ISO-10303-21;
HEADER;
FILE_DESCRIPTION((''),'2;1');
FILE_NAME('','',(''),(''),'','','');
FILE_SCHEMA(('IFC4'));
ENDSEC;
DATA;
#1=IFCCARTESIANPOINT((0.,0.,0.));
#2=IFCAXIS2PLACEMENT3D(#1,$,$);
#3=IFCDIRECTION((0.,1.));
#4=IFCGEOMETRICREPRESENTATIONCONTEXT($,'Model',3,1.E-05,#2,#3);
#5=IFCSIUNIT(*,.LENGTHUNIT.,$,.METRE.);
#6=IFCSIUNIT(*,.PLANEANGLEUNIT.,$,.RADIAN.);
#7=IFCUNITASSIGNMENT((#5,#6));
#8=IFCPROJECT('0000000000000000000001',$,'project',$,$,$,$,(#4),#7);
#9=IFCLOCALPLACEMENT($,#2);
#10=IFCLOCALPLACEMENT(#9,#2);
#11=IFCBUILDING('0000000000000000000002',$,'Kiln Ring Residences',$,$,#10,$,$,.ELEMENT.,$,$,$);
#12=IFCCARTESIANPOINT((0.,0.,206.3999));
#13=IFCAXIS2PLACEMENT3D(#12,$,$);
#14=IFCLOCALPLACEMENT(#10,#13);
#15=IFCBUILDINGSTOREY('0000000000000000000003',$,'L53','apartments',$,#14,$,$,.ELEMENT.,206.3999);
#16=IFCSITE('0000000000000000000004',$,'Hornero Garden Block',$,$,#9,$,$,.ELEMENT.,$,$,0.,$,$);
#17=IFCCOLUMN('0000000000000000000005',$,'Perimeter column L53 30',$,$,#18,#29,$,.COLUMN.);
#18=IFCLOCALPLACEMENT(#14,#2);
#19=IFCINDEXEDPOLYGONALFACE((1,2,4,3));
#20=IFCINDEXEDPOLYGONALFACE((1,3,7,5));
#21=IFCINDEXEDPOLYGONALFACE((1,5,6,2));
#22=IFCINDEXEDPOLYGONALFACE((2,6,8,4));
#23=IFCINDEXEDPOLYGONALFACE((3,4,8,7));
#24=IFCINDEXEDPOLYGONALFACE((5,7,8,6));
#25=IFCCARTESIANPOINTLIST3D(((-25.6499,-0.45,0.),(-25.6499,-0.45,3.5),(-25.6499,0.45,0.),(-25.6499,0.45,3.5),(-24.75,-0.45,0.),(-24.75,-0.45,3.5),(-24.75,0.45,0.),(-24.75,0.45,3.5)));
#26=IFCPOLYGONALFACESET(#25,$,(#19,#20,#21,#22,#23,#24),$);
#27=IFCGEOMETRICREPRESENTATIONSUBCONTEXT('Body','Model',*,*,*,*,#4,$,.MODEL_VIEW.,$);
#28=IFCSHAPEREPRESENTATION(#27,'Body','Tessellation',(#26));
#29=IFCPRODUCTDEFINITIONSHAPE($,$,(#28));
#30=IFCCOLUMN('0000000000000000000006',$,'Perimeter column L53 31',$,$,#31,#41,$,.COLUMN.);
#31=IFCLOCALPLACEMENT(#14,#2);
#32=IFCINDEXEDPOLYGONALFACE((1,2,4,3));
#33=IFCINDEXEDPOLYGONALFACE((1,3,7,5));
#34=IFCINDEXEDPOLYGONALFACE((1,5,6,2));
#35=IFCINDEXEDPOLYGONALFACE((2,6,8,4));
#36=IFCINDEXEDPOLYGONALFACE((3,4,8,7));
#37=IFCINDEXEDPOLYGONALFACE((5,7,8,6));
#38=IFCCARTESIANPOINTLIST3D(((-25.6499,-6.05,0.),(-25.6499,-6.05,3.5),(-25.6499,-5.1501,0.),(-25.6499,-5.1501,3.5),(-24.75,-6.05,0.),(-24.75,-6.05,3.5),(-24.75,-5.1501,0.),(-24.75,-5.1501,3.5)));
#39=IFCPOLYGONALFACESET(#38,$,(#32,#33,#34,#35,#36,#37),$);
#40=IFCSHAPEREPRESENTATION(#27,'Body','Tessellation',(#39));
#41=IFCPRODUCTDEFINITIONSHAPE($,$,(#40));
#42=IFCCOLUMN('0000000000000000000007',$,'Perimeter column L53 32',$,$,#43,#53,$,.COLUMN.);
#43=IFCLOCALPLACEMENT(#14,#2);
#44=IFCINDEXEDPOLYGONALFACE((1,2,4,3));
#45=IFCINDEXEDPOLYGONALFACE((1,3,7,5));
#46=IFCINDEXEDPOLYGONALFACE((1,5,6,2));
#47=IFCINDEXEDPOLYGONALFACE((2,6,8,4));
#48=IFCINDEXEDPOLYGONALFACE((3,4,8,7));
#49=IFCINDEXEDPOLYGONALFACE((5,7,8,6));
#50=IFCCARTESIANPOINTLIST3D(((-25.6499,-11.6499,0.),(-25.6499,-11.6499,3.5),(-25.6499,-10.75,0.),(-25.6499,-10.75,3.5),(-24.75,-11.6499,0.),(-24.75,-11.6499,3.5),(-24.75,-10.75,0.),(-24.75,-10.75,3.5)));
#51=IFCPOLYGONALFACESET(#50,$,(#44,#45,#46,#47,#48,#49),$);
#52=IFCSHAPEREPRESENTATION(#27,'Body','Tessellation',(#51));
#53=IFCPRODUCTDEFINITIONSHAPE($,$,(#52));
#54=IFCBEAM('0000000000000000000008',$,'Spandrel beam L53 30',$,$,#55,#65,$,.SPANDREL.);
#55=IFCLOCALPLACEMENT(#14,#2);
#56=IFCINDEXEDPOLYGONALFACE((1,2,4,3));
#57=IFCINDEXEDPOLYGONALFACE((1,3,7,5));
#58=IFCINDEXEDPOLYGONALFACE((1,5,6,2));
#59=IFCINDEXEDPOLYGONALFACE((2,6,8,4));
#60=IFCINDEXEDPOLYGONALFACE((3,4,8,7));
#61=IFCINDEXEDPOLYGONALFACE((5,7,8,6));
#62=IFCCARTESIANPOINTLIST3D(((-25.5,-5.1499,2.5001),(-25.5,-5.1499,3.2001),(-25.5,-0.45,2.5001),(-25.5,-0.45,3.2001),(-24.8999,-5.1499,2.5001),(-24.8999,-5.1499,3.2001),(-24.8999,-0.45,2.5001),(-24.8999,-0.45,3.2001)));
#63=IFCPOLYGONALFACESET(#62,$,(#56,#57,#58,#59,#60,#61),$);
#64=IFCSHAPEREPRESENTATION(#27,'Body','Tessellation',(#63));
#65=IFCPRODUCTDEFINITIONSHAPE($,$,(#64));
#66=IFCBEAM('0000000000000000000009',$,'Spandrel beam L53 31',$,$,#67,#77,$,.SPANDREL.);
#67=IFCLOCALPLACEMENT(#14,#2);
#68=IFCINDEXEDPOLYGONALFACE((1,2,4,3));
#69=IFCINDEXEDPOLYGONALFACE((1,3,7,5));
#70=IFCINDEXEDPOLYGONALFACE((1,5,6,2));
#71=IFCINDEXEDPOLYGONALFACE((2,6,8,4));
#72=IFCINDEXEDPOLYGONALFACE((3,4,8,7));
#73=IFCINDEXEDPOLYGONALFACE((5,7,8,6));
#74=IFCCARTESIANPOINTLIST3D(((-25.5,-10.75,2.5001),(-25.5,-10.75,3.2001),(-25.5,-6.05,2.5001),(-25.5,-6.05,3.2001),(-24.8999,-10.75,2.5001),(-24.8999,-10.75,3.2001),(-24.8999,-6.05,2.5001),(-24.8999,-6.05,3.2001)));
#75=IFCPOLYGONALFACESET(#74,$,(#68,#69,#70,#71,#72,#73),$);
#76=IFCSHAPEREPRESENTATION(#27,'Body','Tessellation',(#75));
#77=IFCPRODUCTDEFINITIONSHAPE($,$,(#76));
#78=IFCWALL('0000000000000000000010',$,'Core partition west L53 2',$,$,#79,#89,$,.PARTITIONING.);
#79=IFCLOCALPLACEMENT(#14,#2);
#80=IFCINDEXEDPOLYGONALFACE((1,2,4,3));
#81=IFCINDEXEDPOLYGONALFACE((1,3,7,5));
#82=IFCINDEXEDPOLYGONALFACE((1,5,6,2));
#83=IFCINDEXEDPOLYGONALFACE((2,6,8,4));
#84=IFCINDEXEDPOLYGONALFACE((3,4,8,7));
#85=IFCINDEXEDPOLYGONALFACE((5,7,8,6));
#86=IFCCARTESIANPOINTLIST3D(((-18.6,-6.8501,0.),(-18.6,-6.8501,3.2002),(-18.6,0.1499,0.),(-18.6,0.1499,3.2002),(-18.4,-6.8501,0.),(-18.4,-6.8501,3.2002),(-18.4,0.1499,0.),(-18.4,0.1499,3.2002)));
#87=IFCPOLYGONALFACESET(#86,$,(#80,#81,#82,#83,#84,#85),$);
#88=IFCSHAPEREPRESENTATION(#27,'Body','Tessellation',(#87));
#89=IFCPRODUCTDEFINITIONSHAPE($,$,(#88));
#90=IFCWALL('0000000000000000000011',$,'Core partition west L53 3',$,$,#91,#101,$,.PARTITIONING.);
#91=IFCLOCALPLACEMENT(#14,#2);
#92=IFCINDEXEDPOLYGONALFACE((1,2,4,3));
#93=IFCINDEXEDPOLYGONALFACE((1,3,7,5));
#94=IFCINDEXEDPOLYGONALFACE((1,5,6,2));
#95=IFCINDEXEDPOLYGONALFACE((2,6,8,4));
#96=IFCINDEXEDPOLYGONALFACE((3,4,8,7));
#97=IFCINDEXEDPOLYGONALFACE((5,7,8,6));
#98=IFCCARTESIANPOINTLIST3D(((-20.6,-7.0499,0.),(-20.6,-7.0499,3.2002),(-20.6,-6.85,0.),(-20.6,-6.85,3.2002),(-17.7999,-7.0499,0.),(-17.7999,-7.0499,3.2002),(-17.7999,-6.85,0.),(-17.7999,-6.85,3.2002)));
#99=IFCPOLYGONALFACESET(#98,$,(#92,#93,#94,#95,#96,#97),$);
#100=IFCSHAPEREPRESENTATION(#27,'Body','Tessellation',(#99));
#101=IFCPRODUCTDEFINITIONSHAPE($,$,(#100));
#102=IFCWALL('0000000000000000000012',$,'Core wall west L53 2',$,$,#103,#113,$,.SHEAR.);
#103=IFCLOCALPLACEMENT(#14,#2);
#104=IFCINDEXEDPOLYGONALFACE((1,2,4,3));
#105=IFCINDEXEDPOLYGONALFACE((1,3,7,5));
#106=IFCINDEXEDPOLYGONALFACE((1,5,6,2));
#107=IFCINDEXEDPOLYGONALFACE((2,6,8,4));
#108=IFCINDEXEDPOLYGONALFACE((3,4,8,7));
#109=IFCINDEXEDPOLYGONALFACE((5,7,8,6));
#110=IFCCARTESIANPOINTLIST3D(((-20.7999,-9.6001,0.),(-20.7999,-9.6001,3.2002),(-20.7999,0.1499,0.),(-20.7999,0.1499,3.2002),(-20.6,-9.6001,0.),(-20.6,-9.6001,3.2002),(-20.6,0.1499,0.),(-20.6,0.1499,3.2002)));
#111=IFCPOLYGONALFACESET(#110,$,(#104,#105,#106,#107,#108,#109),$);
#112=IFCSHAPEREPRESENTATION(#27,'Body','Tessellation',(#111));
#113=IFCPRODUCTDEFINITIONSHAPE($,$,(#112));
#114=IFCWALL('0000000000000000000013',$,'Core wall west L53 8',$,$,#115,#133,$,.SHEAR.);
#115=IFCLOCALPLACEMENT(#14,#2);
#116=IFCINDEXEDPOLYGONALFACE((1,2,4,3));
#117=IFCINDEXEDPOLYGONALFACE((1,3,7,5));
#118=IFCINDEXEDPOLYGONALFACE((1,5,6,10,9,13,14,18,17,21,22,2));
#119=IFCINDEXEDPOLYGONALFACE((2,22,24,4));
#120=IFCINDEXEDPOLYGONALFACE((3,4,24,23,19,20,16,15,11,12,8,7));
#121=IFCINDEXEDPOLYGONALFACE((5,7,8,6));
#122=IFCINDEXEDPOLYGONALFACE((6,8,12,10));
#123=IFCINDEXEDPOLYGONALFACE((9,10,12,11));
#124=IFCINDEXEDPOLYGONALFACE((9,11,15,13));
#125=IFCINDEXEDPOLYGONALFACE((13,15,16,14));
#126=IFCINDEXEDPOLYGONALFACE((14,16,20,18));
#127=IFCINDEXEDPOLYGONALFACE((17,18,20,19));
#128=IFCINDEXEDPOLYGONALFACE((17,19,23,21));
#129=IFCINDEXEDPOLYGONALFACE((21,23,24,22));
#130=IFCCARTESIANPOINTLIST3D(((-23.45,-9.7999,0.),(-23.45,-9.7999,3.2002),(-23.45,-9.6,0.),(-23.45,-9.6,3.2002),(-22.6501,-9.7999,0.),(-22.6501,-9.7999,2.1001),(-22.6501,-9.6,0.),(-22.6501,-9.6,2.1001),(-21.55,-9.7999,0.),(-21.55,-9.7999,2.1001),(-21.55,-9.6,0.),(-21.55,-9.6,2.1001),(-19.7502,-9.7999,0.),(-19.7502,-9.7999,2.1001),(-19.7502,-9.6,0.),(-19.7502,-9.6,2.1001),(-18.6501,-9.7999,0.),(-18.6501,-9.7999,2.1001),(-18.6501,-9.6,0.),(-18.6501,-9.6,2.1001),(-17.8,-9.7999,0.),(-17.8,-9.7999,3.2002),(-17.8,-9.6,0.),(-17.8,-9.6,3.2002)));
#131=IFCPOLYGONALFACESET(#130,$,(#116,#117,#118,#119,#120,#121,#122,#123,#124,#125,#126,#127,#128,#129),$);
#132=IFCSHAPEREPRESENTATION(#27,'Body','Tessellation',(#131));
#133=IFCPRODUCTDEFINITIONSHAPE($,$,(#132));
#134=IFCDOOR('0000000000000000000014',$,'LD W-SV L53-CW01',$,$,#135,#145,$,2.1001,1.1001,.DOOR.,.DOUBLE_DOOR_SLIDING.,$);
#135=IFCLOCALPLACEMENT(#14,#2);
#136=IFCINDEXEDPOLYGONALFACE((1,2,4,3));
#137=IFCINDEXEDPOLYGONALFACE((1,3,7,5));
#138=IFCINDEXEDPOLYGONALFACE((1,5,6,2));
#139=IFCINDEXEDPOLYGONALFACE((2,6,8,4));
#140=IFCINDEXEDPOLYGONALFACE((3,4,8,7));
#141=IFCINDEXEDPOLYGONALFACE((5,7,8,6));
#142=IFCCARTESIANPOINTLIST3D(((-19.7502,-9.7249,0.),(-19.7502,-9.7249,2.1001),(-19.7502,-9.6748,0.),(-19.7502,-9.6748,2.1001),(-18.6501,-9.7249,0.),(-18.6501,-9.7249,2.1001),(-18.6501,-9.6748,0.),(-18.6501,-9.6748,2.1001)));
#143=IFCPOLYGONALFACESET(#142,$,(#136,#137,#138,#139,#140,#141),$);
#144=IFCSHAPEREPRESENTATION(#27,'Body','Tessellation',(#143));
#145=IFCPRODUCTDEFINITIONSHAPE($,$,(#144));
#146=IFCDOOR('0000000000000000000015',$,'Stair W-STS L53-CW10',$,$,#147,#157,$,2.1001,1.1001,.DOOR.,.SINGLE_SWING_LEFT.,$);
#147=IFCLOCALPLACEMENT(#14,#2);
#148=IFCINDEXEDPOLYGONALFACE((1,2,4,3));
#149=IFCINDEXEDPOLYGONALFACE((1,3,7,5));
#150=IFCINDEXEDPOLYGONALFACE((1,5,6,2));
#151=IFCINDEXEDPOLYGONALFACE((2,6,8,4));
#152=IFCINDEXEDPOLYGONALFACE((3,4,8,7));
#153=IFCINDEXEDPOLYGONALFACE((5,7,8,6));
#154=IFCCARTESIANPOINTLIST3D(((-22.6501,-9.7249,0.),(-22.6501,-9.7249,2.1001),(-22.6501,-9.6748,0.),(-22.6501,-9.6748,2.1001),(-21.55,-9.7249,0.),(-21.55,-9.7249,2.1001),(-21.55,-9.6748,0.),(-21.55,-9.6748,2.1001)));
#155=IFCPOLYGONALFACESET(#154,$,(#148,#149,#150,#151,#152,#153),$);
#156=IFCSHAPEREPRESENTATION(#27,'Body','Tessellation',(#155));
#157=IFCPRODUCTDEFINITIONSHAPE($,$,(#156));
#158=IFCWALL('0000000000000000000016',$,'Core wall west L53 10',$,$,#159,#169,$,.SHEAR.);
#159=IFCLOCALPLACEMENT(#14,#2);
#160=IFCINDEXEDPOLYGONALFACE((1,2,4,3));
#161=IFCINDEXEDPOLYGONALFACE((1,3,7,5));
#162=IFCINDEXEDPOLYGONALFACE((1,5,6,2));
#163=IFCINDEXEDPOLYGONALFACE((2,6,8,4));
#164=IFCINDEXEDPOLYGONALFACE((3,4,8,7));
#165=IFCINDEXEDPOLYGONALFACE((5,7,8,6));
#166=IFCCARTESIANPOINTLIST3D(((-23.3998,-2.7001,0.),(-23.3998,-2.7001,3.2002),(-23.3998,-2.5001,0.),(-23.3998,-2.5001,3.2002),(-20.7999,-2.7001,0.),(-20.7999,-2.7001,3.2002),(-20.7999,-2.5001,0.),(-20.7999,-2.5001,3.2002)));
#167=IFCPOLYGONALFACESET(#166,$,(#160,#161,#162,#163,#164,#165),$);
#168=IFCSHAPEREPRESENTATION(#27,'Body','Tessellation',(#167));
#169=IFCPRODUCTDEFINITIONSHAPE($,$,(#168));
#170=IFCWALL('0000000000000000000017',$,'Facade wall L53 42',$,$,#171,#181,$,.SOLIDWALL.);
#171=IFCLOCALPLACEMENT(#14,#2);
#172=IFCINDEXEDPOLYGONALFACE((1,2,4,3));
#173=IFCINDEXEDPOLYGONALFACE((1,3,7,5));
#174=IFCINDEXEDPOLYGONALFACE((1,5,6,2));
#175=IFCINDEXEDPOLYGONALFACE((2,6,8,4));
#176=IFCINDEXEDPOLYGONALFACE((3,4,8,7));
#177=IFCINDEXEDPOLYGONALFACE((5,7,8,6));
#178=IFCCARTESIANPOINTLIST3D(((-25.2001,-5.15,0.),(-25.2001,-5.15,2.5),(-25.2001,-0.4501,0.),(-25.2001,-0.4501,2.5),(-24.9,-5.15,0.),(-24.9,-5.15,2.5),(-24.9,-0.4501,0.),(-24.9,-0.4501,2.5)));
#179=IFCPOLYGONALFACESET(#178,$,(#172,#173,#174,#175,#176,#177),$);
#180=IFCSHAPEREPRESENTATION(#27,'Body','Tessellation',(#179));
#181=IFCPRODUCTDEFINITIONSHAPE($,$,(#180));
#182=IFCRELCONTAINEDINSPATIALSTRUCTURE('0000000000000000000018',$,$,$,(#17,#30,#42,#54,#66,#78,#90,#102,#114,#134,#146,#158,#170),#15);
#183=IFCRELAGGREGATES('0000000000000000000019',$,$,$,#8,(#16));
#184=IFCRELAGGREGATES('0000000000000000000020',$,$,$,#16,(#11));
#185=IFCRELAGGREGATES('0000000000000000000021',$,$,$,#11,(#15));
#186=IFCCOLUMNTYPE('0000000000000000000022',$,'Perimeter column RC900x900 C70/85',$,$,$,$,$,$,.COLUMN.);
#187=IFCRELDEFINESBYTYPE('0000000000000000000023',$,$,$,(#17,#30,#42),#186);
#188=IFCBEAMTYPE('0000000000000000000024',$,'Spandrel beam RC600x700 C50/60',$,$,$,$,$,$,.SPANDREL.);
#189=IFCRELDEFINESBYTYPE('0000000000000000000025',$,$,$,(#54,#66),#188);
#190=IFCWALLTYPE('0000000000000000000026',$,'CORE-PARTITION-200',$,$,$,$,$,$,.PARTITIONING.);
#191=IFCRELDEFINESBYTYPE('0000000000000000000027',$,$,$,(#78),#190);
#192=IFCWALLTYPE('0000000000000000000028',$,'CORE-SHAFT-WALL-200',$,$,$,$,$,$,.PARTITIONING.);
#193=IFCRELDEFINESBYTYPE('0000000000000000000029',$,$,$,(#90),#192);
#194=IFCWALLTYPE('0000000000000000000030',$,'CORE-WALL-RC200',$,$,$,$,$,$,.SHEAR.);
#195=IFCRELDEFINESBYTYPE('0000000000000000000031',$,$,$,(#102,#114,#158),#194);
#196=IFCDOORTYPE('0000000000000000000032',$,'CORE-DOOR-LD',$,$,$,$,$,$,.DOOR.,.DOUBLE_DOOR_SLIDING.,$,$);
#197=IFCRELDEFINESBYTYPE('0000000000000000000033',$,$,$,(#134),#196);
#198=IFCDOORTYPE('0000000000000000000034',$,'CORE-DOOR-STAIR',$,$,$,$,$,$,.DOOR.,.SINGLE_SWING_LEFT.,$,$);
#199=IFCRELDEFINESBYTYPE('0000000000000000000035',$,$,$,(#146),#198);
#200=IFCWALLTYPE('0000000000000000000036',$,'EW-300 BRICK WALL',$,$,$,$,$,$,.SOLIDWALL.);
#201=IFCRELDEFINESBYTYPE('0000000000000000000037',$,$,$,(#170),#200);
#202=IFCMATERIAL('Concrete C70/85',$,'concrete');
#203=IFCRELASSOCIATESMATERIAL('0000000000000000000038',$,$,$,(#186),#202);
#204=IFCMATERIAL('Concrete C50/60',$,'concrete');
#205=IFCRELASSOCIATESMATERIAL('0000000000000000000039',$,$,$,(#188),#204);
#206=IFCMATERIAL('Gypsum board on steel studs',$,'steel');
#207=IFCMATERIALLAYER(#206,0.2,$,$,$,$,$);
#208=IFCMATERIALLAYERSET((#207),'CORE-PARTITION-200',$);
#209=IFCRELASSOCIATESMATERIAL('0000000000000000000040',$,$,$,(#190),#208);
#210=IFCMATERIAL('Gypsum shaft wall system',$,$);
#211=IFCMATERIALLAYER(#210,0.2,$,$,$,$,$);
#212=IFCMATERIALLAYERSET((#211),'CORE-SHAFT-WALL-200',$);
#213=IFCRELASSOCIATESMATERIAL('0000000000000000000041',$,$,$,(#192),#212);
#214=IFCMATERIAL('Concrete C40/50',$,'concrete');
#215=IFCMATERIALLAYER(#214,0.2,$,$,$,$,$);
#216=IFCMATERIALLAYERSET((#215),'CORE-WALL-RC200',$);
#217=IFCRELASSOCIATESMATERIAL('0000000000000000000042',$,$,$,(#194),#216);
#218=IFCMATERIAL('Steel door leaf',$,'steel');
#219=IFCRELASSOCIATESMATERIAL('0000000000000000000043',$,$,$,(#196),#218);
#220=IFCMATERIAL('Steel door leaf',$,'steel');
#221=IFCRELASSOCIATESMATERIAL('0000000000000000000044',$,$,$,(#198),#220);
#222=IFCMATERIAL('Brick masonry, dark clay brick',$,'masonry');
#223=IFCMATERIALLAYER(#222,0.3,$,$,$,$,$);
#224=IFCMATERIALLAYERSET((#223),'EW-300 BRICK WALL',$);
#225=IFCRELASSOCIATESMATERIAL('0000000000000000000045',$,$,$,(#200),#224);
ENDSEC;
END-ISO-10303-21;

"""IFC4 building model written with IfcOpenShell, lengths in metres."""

from ifc_helpers import new_model, si_unit, direction, frame, frame_2d, origin, origin_2d, place, context, subcontext, project, spatial, rectangle, extrude, material, layer, layer_set, material_profile, profile_set, type_object, element, fill, save


model = new_model("IFC4")

# Units and contexts
model_context = context("Model", 3, precision=1e-05, world=origin(), true_north=direction((0.0, 1.0)))
body_context = subcontext(model_context, "Body", "Model", "MODEL_VIEW")
ifc_project = project(units=[si_unit("LENGTHUNIT", "METRE"), si_unit("PLANEANGLEUNIT", "RADIAN")], contexts=[model_context])

# Site, building, storey
site_placement = place(None, origin())
site = spatial("IfcSite", under=ifc_project, at=site_placement, Name="Hornero Garden Block", CompositionType="ELEMENT", RefElevation=0.0)
building_placement = place(site_placement, origin())
building = spatial("IfcBuilding", under=site, at=building_placement, Name="Kiln Ring Residences", CompositionType="ELEMENT")
storey_placement = place(building_placement, frame((0.0, 0.0, 206.3999)))
storey = spatial("IfcBuildingStorey", under=building, at=storey_placement, Name="L53", Description="apartments", CompositionType="ELEMENT", Elevation=206.3999)

# Columns
ifc_material_1 = material(Name="Concrete C70/85", Category="concrete")
ifc_material_profile_1 = material_profile(ifc_material_1, rectangle(XDim=0.8999, YDim=0.8999, at=origin_2d()), Name="RC900x900")
ifc_profile_set_1 = profile_set([ifc_material_profile_1], Name="Concrete C70/85")
column_type = type_object("IfcColumnType", Name="Perimeter column RC900x900 C70/85", PredefinedType="COLUMN", material=ifc_profile_set_1)
for number, where, z_axis, x_axis, name in (
    (1, (-25.2, 0.0, 0.0), (0.0, 0.0, 1.0), (1.0, 0.0, 0.0), "Perimeter column L53 30"),
    (2, (-25.2, -5.6001, 0.0), (0.0, 0.0, 1.0), (1.0, 0.0, 0.0), "Perimeter column L53 31"),
    (3, (-25.2, -11.2, 0.0), (0.0, 0.0, 1.0), (1.0, 0.0, 0.0), "Perimeter column L53 32"),
):
    element("IfcColumn", number, at=place(storey_placement, frame(where, z_axis=z_axis, x_axis=x_axis)), inside=storey, type_object=column_type, Name=name, PredefinedType="COLUMN", context=body_context, shape_type="SweptSolid", body=[
        extrude(rectangle(XDim=0.8999, YDim=0.8999, at=origin_2d()), origin(), (0.0, 0.0, 1.0), 3.5),
    ])

# Beams
ifc_material_2 = material(Name="Concrete C50/60", Category="concrete")
ifc_material_profile_2 = material_profile(ifc_material_2, rectangle(XDim=0.6001, YDim=0.7, at=origin_2d()), Name="RC600x700")
ifc_profile_set_2 = profile_set([ifc_material_profile_2], Name="Concrete C50/60")
beam_type = type_object("IfcBeamType", Name="Spandrel beam RC600x700 C50/60", PredefinedType="SPANDREL", material=ifc_profile_set_2)
for number, where, z_axis, x_axis, name in (
    (4, (-25.2, -0.45, 2.8501), (0.0, -1.0, 0.0), (1.0, 0.0, 0.0), "Spandrel beam L53 30"),
    (5, (-25.2, -6.05, 2.8501), (0.0, -1.0, 0.0), (1.0, 0.0, 0.0), "Spandrel beam L53 31"),
):
    element("IfcBeam", number, at=place(storey_placement, frame(where, z_axis=z_axis, x_axis=x_axis)), inside=storey, type_object=beam_type, Name=name, PredefinedType="SPANDREL", context=body_context, shape_type="SweptSolid", body=[
        extrude(rectangle(XDim=0.6001, YDim=0.7, at=origin_2d()), origin(), (0.0, 0.0, 1.0), 4.7),
    ])

# Walls
ifc_material_3 = material(Name="Gypsum board on steel studs", Category="steel")
ifc_layer_1 = layer(ifc_material_3, 0.2)
ifc_layer_set_1 = layer_set([ifc_layer_1], Name="CORE-PARTITION-200")
wall_type_1 = type_object("IfcWallType", Name="CORE-PARTITION-200", PredefinedType="PARTITIONING", material=ifc_layer_set_1)
wall_1_placement = place(storey_placement, frame((-18.5, -6.8501, 0.0), z_axis=(0.0, 0.0, 1.0), x_axis=(0.0, 1.0, 0.0)))
element("IfcWall", 6, at=wall_1_placement, inside=storey, type_object=wall_type_1, Name="Core partition west L53 2", PredefinedType="PARTITIONING", context=body_context, shape_type="SweptSolid", body=[
    extrude(rectangle(XDim=7.0, YDim=0.2, at=frame_2d((3.5, 0.0))), origin(), (0.0, 0.0, 1.0), 3.2002),
])
ifc_material_4 = material(Name="Gypsum shaft wall system")
ifc_layer_2 = layer(ifc_material_4, 0.2)
ifc_layer_set_2 = layer_set([ifc_layer_2], Name="CORE-SHAFT-WALL-200")
wall_type_2 = type_object("IfcWallType", Name="CORE-SHAFT-WALL-200", PredefinedType="PARTITIONING", material=ifc_layer_set_2)
wall_2_placement = place(storey_placement, frame((-17.8, -6.95, 0.0), z_axis=(0.0, 0.0, 1.0), x_axis=(-1.0, 0.0, 0.0)))
element("IfcWall", 7, at=wall_2_placement, inside=storey, type_object=wall_type_2, Name="Core partition west L53 3", PredefinedType="PARTITIONING", context=body_context, shape_type="SweptSolid", body=[
    extrude(rectangle(XDim=2.8, YDim=0.2, at=frame_2d((1.3999, 0.0))), origin(), (0.0, 0.0, 1.0), 3.2002),
])
ifc_material_5 = material(Name="Concrete C40/50", Category="concrete")
ifc_layer_3 = layer(ifc_material_5, 0.2)
ifc_layer_set_3 = layer_set([ifc_layer_3], Name="CORE-WALL-RC200")
wall_type_3 = type_object("IfcWallType", Name="CORE-WALL-RC200", PredefinedType="SHEAR", material=ifc_layer_set_3)
wall_3_placement = place(storey_placement, frame((-20.7, -9.6001, 0.0), z_axis=(0.0, 0.0, 1.0), x_axis=(0.0, 1.0, 0.0)))
element("IfcWall", 8, at=wall_3_placement, inside=storey, type_object=wall_type_3, Name="Core wall west L53 2", PredefinedType="SHEAR", context=body_context, shape_type="SweptSolid", body=[
    extrude(rectangle(XDim=9.75, YDim=0.2, at=frame_2d((4.875, 0.0))), origin(), (0.0, 0.0, 1.0), 3.2002),
])

# Wall, openings, doors
wall_4_placement = place(storey_placement, frame((-17.8, -9.7, 0.0), z_axis=(0.0, 0.0, 1.0), x_axis=(-1.0, 0.0, 0.0)))
wall_4 = element("IfcWall", 9, at=wall_4_placement, inside=storey, type_object=wall_type_3, Name="Core wall west L53 8", PredefinedType="SHEAR", context=body_context, shape_type="SweptSolid", body=[
    extrude(rectangle(XDim=5.6499, YDim=0.2, at=frame_2d((2.825, 0.0))), origin(), (0.0, 0.0, 1.0), 3.2002),
])
opening_1_placement = place(wall_4_placement, frame((0.8501, 0.0, 0.0)))
opening_1 = element("IfcOpeningElement", 10, at=opening_1_placement, cuts=wall_4, PredefinedType="OPENING", context=body_context, shape_type="SweptSolid", body=[
    extrude(rectangle(XDim=1.1001, YDim=2.1001, at=frame_2d((0.55, 1.05))), frame((0.0, 0.1099, 0.0), z_axis=(0.0, -1.0, 0.0), x_axis=(1.0, 0.0, 0.0)), (0.0, 0.0, 1.0), 0.22),
])
opening_2_placement = place(wall_4_placement, frame((3.75, 0.0, 0.0)))
opening_2 = element("IfcOpeningElement", 11, at=opening_2_placement, cuts=wall_4, PredefinedType="OPENING", context=body_context, shape_type="SweptSolid", body=[
    extrude(rectangle(XDim=1.1001, YDim=2.1001, at=frame_2d((0.55, 1.05))), frame((0.0, 0.1099, 0.0), z_axis=(0.0, -1.0, 0.0), x_axis=(1.0, 0.0, 0.0)), (0.0, 0.0, 1.0), 0.22),
])
ifc_material_6 = material(Name="Steel door leaf", Category="steel")
door_type_1 = type_object("IfcDoorType", Name="CORE-DOOR-LD", OperationType="DOUBLE_DOOR_SLIDING", PredefinedType="DOOR", material=ifc_material_6)
door_1_placement = place(opening_1_placement, origin())
door_1 = element("IfcDoor", 12, at=door_1_placement, inside=storey, type_object=door_type_1, Name="LD W-SV L53-CW01", OperationType="DOUBLE_DOOR_SLIDING", OverallHeight=2.1001, OverallWidth=1.1001, PredefinedType="DOOR", context=body_context, shape_type="SweptSolid", body=[
    extrude(rectangle(XDim=1.1001, YDim=2.1001, at=frame_2d((0.55, 1.05))), frame((0.0, 0.0249, 0.0), z_axis=(0.0, -1.0, 0.0), x_axis=(1.0, 0.0, 0.0)), (0.0, 0.0, 1.0), 0.05),
])
fill(opening_1, door_1)
ifc_material_7 = material(Name="Steel door leaf", Category="steel")
door_type_2 = type_object("IfcDoorType", Name="CORE-DOOR-STAIR", OperationType="SINGLE_SWING_LEFT", PredefinedType="DOOR", material=ifc_material_7)
door_2_placement = place(opening_2_placement, origin())
door_2 = element("IfcDoor", 13, at=door_2_placement, inside=storey, type_object=door_type_2, Name="Stair W-STS L53-CW10", OperationType="SINGLE_SWING_LEFT", OverallHeight=2.1001, OverallWidth=1.1001, PredefinedType="DOOR", context=body_context, shape_type="SweptSolid", body=[
    extrude(rectangle(XDim=1.1001, YDim=2.1001, at=frame_2d((0.55, 1.05))), frame((0.0, 0.0249, 0.0), z_axis=(0.0, -1.0, 0.0), x_axis=(1.0, 0.0, 0.0)), (0.0, 0.0, 1.0), 0.05),
])
fill(opening_2, door_2)

# Walls
wall_5_placement = place(storey_placement, frame((-20.8, -2.6001, 0.0), z_axis=(0.0, 0.0, 1.0), x_axis=(-1.0, 0.0, 0.0)))
element("IfcWall", 14, at=wall_5_placement, inside=storey, type_object=wall_type_3, Name="Core wall west L53 10", PredefinedType="SHEAR", context=body_context, shape_type="SweptSolid", body=[
    extrude(rectangle(XDim=2.5999, YDim=0.2, at=frame_2d((1.2998, 0.0))), origin(), (0.0, 0.0, 1.0), 3.2002),
])
ifc_material_8 = material(Name="Brick masonry, dark clay brick", Category="masonry")
ifc_layer_4 = layer(ifc_material_8, 0.3)
ifc_layer_set_4 = layer_set([ifc_layer_4], Name="EW-300 BRICK WALL")
wall_type_4 = type_object("IfcWallType", Name="EW-300 BRICK WALL", PredefinedType="SOLIDWALL", material=ifc_layer_set_4)
for number, where, z_axis, x_axis, name in (
    (15, (-25.05, -0.45, 0.0), (0.0, 0.0, 1.0), (0.0, -1.0, 0.0), "Facade wall L53 42"),
):
    element("IfcWall", number, at=place(storey_placement, frame(where, z_axis=z_axis, x_axis=x_axis)), inside=storey, type_object=wall_type_4, Name=name, PredefinedType="SOLIDWALL", context=body_context, shape_type="SweptSolid", body=[
        extrude(rectangle(XDim=4.7, YDim=0.3, at=frame_2d((2.3501, 0.0))), origin(), (0.0, 0.0, 1.0), 2.5),
    ])

save(model, "model.ifc")
